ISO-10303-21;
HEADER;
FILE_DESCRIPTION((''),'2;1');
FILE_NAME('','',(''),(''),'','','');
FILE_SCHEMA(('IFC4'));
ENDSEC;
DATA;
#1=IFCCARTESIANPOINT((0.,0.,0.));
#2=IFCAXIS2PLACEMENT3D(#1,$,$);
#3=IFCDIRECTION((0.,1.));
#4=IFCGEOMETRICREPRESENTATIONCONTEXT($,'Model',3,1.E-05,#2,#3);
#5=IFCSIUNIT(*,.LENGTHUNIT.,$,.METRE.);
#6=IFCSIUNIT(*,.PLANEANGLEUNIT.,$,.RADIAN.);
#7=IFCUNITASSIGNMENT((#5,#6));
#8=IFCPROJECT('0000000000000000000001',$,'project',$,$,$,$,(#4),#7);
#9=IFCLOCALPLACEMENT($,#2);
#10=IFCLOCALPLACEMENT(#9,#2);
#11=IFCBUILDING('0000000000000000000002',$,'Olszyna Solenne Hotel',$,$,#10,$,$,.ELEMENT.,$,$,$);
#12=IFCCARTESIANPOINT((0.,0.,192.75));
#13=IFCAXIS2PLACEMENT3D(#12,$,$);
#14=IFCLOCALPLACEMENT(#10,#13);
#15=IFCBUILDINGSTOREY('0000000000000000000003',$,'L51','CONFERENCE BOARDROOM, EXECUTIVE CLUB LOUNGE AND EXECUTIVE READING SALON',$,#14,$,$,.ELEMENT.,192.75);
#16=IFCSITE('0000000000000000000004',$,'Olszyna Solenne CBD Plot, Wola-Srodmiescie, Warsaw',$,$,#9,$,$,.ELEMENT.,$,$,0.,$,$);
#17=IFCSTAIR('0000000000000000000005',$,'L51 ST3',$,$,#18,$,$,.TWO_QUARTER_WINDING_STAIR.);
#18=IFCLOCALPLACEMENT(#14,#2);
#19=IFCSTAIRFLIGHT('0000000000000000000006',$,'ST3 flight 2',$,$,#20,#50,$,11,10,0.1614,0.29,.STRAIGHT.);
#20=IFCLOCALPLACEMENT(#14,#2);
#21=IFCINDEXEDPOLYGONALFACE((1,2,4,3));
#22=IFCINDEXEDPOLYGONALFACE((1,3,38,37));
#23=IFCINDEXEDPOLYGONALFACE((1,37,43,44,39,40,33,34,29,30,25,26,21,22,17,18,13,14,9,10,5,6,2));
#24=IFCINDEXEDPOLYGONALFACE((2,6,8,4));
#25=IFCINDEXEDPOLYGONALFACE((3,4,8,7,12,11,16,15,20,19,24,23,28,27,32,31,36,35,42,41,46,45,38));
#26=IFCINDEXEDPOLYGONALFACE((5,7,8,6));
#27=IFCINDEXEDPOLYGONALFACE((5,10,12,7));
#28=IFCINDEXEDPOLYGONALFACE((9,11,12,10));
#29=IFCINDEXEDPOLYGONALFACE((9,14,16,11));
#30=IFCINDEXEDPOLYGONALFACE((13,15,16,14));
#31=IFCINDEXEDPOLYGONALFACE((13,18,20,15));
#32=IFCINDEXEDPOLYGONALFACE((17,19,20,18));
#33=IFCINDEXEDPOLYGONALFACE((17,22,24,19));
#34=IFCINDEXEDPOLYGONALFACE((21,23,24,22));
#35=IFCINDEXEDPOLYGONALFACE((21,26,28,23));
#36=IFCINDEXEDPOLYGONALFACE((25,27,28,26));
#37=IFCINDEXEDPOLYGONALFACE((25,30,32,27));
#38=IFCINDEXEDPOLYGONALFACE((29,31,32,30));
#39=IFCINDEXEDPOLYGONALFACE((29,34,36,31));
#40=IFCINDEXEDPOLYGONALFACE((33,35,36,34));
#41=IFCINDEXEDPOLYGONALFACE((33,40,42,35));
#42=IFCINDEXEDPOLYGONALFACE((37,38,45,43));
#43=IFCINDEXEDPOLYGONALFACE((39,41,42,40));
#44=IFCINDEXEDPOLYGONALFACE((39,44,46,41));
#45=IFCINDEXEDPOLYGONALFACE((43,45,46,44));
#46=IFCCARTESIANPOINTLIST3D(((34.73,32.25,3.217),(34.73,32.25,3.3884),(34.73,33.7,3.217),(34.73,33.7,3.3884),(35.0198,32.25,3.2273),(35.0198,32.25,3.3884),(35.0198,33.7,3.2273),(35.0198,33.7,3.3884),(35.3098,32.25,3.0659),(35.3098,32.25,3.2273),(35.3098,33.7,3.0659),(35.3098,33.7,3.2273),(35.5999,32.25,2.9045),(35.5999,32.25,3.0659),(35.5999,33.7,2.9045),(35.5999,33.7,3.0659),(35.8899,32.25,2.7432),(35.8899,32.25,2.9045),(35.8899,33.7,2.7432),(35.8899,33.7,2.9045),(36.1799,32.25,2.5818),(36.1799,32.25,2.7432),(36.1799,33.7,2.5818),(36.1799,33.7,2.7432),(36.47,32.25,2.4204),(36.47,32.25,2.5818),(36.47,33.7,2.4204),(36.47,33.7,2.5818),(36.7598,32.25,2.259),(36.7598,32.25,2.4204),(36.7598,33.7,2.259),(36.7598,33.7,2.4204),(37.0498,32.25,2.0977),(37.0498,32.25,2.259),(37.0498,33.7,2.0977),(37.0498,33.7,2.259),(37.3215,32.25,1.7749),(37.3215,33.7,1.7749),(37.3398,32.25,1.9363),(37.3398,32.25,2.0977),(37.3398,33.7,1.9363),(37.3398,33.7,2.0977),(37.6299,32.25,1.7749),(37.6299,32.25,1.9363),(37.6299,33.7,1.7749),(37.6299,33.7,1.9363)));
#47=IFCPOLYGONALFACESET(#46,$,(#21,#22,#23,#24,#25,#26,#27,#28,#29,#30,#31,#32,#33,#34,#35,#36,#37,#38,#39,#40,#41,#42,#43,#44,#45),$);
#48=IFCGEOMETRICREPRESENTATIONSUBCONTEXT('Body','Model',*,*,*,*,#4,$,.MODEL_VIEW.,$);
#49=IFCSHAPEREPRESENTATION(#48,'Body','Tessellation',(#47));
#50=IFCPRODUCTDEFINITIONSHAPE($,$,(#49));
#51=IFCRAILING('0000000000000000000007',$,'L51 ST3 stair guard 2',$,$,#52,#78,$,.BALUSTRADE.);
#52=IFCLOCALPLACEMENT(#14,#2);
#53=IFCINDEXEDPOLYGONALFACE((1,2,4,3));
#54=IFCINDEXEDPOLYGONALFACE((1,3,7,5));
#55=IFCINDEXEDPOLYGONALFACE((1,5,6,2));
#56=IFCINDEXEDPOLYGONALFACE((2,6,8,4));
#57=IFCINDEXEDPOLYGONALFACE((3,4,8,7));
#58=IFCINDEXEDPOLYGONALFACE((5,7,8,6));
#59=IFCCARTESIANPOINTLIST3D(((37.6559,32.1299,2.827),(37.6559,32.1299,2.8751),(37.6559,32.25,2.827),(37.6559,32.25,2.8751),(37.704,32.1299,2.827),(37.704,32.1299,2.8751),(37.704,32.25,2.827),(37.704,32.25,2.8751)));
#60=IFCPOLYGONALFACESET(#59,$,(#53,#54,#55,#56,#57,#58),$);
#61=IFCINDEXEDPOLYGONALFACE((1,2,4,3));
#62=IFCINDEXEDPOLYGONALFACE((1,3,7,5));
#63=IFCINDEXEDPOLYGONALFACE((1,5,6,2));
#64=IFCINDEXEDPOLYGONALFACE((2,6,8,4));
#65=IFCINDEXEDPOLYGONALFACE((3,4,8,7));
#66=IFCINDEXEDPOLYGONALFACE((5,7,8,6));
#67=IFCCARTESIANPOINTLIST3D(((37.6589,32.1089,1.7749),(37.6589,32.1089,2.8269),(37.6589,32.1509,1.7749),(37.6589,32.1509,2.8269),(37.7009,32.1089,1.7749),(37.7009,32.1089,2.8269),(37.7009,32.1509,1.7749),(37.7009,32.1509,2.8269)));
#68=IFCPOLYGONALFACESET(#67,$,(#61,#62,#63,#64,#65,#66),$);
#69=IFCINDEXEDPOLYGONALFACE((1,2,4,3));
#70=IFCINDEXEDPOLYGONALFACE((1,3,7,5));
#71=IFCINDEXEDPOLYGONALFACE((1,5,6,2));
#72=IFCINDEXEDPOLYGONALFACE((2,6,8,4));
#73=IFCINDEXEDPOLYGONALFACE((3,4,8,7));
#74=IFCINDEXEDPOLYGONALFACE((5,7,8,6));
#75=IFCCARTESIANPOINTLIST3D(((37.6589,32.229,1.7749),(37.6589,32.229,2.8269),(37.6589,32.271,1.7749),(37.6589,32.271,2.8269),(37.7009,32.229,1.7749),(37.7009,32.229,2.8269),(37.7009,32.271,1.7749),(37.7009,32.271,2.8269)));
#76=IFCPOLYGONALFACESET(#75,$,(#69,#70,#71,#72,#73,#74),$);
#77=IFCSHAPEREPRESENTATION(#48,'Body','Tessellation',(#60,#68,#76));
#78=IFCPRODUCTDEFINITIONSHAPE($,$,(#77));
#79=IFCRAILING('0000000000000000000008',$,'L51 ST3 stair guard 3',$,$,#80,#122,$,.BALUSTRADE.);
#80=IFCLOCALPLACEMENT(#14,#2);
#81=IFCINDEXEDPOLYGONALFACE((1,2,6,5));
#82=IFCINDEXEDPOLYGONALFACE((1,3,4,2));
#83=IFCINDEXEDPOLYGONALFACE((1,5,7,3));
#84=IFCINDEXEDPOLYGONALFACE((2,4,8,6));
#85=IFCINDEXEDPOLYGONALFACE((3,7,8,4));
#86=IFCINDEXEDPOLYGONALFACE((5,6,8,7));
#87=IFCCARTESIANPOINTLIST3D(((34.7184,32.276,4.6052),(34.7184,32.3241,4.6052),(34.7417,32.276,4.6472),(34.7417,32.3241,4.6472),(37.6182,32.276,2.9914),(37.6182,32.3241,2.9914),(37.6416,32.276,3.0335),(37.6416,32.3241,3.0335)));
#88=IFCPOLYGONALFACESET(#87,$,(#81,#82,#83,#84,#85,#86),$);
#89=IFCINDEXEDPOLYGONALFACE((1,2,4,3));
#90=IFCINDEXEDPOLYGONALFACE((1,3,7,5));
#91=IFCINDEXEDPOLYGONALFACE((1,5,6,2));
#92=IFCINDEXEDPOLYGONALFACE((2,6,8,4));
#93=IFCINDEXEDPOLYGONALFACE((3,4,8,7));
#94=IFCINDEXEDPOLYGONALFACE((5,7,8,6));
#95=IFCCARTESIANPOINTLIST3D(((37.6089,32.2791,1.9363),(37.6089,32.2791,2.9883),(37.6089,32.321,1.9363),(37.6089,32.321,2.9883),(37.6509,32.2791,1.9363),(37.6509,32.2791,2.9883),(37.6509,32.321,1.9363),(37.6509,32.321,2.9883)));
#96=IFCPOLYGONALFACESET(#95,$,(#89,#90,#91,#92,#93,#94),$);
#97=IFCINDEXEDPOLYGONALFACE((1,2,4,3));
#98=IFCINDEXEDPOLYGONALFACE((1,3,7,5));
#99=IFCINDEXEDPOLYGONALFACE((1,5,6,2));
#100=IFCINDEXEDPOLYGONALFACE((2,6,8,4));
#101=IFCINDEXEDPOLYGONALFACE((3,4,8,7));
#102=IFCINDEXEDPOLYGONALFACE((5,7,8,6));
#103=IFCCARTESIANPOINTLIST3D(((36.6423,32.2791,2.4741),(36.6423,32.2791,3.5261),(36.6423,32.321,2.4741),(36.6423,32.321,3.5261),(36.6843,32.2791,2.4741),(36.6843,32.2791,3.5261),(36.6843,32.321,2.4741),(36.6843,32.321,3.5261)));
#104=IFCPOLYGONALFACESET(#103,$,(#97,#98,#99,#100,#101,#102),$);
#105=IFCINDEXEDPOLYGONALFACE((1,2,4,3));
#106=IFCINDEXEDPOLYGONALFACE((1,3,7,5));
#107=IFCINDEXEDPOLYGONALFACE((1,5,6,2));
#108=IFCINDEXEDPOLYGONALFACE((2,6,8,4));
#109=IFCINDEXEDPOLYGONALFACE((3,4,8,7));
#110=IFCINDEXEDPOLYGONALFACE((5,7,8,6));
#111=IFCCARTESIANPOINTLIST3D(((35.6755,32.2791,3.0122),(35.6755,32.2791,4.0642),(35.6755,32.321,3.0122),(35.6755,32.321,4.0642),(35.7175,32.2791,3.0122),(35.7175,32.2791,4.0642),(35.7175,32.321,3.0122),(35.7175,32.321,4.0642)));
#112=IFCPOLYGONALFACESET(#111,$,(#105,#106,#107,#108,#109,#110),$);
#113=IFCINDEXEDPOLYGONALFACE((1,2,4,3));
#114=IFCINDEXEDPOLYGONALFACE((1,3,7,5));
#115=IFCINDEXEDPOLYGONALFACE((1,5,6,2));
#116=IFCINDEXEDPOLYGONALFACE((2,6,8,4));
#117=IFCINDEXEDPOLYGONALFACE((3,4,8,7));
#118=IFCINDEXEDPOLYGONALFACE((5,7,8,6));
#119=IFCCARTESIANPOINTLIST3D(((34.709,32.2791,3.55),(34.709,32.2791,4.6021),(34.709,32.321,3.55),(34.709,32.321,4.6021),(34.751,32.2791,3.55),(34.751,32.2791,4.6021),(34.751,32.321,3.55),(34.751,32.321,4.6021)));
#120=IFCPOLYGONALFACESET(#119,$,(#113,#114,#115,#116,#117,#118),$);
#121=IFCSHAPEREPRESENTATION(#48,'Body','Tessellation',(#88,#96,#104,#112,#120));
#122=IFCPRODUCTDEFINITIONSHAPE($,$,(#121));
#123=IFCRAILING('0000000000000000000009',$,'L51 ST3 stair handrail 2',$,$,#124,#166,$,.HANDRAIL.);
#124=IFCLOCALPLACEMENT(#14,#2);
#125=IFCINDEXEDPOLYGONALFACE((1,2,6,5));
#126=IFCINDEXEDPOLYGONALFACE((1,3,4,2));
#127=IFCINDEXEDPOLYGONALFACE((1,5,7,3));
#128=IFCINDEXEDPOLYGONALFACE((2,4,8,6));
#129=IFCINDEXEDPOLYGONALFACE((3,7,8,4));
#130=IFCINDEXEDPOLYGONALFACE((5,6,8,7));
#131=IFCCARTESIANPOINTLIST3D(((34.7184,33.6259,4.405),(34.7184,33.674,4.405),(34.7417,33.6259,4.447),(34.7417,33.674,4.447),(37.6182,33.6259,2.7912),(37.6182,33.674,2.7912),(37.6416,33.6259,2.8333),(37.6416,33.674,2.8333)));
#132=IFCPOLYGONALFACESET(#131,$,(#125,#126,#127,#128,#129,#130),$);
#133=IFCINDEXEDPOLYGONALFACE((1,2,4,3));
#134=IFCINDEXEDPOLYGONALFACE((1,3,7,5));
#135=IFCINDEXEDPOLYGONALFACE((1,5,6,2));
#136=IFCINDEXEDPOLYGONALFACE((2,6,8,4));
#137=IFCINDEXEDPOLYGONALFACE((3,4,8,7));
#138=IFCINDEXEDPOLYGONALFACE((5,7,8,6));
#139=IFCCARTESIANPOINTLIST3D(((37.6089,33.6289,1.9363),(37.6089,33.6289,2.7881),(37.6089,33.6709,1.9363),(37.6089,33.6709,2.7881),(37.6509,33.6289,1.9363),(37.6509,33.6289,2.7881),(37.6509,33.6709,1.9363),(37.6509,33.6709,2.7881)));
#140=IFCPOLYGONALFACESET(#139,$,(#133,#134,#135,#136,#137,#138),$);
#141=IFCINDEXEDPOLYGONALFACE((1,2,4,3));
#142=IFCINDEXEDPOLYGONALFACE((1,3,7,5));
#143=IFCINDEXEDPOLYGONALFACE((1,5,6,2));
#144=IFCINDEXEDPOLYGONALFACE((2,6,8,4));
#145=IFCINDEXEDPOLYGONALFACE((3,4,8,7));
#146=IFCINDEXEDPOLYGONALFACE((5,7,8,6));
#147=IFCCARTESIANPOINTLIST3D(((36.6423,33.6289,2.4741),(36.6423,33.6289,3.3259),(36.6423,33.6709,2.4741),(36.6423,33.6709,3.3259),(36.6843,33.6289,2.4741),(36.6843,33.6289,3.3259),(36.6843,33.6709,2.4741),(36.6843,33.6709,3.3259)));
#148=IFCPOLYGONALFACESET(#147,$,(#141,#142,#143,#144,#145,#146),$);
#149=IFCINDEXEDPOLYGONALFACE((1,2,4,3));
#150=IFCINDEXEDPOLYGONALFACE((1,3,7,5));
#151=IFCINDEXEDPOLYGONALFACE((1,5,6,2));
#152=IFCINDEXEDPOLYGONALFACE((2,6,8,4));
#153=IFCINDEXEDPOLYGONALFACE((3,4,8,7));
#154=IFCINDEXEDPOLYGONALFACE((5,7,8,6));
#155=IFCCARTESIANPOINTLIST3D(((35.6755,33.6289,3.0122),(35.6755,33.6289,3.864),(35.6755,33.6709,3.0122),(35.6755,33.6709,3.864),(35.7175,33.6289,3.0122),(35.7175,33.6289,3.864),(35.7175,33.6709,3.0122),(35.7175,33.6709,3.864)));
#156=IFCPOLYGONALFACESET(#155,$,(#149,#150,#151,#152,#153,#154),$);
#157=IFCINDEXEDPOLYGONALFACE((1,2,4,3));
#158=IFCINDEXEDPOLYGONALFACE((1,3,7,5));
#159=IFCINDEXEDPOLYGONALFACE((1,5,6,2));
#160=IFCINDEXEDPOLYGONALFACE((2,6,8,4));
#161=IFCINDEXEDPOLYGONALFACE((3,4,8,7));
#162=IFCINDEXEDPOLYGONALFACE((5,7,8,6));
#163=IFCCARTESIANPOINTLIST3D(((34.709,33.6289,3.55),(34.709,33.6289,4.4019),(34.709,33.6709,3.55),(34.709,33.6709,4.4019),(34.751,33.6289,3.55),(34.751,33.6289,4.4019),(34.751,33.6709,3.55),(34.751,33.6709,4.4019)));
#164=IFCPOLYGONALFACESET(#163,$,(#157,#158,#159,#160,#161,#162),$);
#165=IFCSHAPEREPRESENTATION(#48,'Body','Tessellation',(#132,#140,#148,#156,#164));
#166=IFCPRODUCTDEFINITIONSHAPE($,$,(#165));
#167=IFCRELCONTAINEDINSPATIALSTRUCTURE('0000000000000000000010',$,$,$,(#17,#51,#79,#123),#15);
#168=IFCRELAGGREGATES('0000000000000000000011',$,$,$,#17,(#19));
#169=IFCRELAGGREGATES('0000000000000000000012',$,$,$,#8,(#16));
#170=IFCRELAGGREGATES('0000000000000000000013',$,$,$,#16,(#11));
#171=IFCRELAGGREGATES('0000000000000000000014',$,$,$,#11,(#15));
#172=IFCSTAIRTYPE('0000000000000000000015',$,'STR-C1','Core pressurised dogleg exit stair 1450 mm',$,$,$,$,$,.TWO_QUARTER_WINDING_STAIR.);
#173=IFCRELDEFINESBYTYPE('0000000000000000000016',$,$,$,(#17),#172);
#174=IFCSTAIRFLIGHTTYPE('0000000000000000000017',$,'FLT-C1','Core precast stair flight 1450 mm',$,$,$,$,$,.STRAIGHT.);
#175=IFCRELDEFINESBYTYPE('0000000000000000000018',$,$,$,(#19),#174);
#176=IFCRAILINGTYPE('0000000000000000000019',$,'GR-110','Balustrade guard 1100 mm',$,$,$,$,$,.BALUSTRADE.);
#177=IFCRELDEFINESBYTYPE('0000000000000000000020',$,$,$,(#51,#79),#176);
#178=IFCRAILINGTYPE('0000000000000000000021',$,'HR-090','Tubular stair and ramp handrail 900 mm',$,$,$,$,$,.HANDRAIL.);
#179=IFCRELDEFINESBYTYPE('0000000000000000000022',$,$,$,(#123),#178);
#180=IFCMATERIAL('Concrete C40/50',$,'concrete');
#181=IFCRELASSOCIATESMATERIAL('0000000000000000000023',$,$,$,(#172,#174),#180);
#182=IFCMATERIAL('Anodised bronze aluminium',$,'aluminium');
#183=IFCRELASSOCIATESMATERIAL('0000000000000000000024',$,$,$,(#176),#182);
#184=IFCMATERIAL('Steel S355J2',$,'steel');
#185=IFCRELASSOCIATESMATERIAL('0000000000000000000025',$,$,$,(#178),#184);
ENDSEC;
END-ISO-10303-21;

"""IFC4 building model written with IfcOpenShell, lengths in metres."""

from ifc_helpers import new_model, si_unit, direction, frame, origin, origin_2d, place, context, subcontext, project, spatial, polyline, rectangle, outline, extrude, material, type_object, element, aggregate, save


model = new_model("IFC4")

# Units and contexts
model_context = context("Model", 3, precision=1e-05, world=origin(), true_north=direction((0.0, 1.0)))
body_context = subcontext(model_context, "Body", "Model", "MODEL_VIEW")
ifc_project = project(units=[si_unit("LENGTHUNIT", "METRE"), si_unit("PLANEANGLEUNIT", "RADIAN")], contexts=[model_context])

# Site, building, storey
site_placement = place(None, origin())
site = spatial("IfcSite", under=ifc_project, at=site_placement, Name="Olszyna Solenne CBD Plot, Wola-Srodmiescie, Warsaw", CompositionType="ELEMENT", RefElevation=0.0)
building_placement = place(site_placement, origin())
building = spatial("IfcBuilding", under=site, at=building_placement, Name="Olszyna Solenne Hotel", CompositionType="ELEMENT")
storey_placement = place(building_placement, frame((0.0, 0.0, 192.75)))
storey = spatial("IfcBuildingStorey", under=building, at=storey_placement, Name="L51", Description="CONFERENCE BOARDROOM, EXECUTIVE CLUB LOUNGE AND EXECUTIVE READING SALON", CompositionType="ELEMENT", Elevation=192.75)

# Shared definitions
ifc_material_1 = material(Name="Steel S355J2", Category="steel")

# Shared definitions
ifc_material_2 = material(Name="Anodised bronze aluminium", Category="aluminium")

# Stair, stair flight
ifc_material_3 = material(Name="Concrete C40/50", Category="concrete")
stair_type = type_object("IfcStairType", Name="STR-C1", Description="Core pressurised dogleg exit stair 1450 mm", PredefinedType="TWO_QUARTER_WINDING_STAIR", material=ifc_material_3)
stair_placement = place(storey_placement, origin())
stair = element("IfcStair", 1, at=stair_placement, inside=storey, type_object=stair_type, Name="L51 ST3", PredefinedType="TWO_QUARTER_WINDING_STAIR")
stair_flight_type = type_object("IfcStairFlightType", Name="FLT-C1", Description="Core precast stair flight 1450 mm", PredefinedType="STRAIGHT", material=ifc_material_3)
stair_flight_placement = place(storey_placement, frame((37.6299, 32.9751, 1.7749), z_axis=(0.0, 0.0, 1.0), x_axis=(-1.0, 0.0, 0.0)))
stair_flight = element("IfcStairFlight", 2, at=stair_flight_placement, type_object=stair_flight_type, Name="ST3 flight 2", NumberOfRisers=11, NumberOfTreads=10, PredefinedType="STRAIGHT", RiserHeight=0.1614, TreadLength=0.29, context=body_context, shape_type="SweptSolid", body=[
    extrude(outline(polyline([(0.0, 0.0), (0.0, 0.1614), (0.29, 0.1614), (0.29, 0.3228), (0.5801, 0.3228), (0.5801, 0.4841), (0.8701, 0.4841), (0.8701, 0.6455), (1.1599, 0.6455), (1.1599, 0.8069), (1.45, 0.8069), (1.45, 0.9683), (1.74, 0.9683), (1.74, 1.1296), (2.03, 1.1296), (2.03, 1.291), (2.3201, 1.291), (2.3201, 1.4524), (2.6101, 1.4524), (2.6101, 1.6135), (2.8999, 1.6135), (2.8999, 1.7749), (2.8999, 1.4421), (0.3083, 0.0), (0.0, 0.0)])), frame((0.0, 0.7251, 0.0), z_axis=(0.0, -1.0, 0.0), x_axis=(1.0, 0.0, 0.0)), (0.0, 0.0, 1.0), 1.45),
])
aggregate(stair, [stair_flight])

# Railings
railing_type_1 = type_object("IfcRailingType", Name="GR-110", Description="Balustrade guard 1100 mm", PredefinedType="BALUSTRADE", material=ifc_material_2)
railing_1_placement = place(storey_placement, frame((37.6799, 32.1299, 1.7749)))
element("IfcRailing", 3, at=railing_1_placement, inside=storey, type_object=railing_type_1, Name="L51 ST3 stair guard 2", PredefinedType="BALUSTRADE", context=body_context, shape_type="SweptSolid", body=[
    extrude(rectangle(XDim=0.0481, YDim=0.0481, at=origin_2d()), frame((0.0, 0.0, 1.0762), z_axis=(0.0, 1.0, 0.0), x_axis=(-1.0, 0.0, 0.0)), (0.0, 0.0, 1.0), 0.1201),
    extrude(rectangle(XDim=0.042, YDim=0.042, at=origin_2d()), origin(), (0.0, 0.0, 1.0), 1.052),
    extrude(rectangle(XDim=0.042, YDim=0.042, at=origin_2d()), frame((0.0, 0.1201, 0.0)), (0.0, 0.0, 1.0), 1.052),
])
railing_2_placement = place(storey_placement, frame((37.6299, 32.3, 1.9363)))
element("IfcRailing", 4, at=railing_2_placement, inside=storey, type_object=railing_type_1, Name="L51 ST3 stair guard 3", PredefinedType="BALUSTRADE", context=body_context, shape_type="SweptSolid", body=[
    extrude(rectangle(XDim=0.0481, YDim=0.0481, at=origin_2d()), frame((0.0, 0.0, 1.0762), z_axis=(-0.87381, 0.0, 0.486267), x_axis=(0.0, -1.0, 0.0)), (0.0, 0.0, 1.0), 3.3186),
    extrude(rectangle(XDim=0.042, YDim=0.042, at=origin_2d()), origin(), (0.0, 0.0, 1.0), 1.052),
    extrude(rectangle(XDim=0.042, YDim=0.042, at=origin_2d()), frame((-0.9666, 0.0, 0.5378)), (0.0, 0.0, 1.0), 1.052),
    extrude(rectangle(XDim=0.042, YDim=0.042, at=origin_2d()), frame((-1.9333, 0.0, 1.0759)), (0.0, 0.0, 1.0), 1.052),
    extrude(rectangle(XDim=0.042, YDim=0.042, at=origin_2d()), frame((-2.8999, 0.0, 1.6138)), (0.0, 0.0, 1.0), 1.052),
])
railing_type_2 = type_object("IfcRailingType", Name="HR-090", Description="Tubular stair and ramp handrail 900 mm", PredefinedType="HANDRAIL", material=ifc_material_1)
railing_3_placement = place(storey_placement, frame((37.6299, 33.6499, 1.9363)))
element("IfcRailing", 5, at=railing_3_placement, inside=storey, type_object=railing_type_2, Name="L51 ST3 stair handrail 2", PredefinedType="HANDRAIL", context=body_context, shape_type="SweptSolid", body=[
    extrude(rectangle(XDim=0.0481, YDim=0.0481, at=origin_2d()), frame((0.0, 0.0, 0.876), z_axis=(-0.87381, 0.0, 0.486267), x_axis=(0.0, -1.0, 0.0)), (0.0, 0.0, 1.0), 3.3186),
    extrude(rectangle(XDim=0.042, YDim=0.042, at=origin_2d()), origin(), (0.0, 0.0, 1.0), 0.8518),
    extrude(rectangle(XDim=0.042, YDim=0.042, at=origin_2d()), frame((-0.9666, 0.0, 0.5378)), (0.0, 0.0, 1.0), 0.8518),
    extrude(rectangle(XDim=0.042, YDim=0.042, at=origin_2d()), frame((-1.9333, 0.0, 1.0759)), (0.0, 0.0, 1.0), 0.8518),
    extrude(rectangle(XDim=0.042, YDim=0.042, at=origin_2d()), frame((-2.8999, 0.0, 1.6138)), (0.0, 0.0, 1.0), 0.8518),
])

save(model, "model.ifc")
